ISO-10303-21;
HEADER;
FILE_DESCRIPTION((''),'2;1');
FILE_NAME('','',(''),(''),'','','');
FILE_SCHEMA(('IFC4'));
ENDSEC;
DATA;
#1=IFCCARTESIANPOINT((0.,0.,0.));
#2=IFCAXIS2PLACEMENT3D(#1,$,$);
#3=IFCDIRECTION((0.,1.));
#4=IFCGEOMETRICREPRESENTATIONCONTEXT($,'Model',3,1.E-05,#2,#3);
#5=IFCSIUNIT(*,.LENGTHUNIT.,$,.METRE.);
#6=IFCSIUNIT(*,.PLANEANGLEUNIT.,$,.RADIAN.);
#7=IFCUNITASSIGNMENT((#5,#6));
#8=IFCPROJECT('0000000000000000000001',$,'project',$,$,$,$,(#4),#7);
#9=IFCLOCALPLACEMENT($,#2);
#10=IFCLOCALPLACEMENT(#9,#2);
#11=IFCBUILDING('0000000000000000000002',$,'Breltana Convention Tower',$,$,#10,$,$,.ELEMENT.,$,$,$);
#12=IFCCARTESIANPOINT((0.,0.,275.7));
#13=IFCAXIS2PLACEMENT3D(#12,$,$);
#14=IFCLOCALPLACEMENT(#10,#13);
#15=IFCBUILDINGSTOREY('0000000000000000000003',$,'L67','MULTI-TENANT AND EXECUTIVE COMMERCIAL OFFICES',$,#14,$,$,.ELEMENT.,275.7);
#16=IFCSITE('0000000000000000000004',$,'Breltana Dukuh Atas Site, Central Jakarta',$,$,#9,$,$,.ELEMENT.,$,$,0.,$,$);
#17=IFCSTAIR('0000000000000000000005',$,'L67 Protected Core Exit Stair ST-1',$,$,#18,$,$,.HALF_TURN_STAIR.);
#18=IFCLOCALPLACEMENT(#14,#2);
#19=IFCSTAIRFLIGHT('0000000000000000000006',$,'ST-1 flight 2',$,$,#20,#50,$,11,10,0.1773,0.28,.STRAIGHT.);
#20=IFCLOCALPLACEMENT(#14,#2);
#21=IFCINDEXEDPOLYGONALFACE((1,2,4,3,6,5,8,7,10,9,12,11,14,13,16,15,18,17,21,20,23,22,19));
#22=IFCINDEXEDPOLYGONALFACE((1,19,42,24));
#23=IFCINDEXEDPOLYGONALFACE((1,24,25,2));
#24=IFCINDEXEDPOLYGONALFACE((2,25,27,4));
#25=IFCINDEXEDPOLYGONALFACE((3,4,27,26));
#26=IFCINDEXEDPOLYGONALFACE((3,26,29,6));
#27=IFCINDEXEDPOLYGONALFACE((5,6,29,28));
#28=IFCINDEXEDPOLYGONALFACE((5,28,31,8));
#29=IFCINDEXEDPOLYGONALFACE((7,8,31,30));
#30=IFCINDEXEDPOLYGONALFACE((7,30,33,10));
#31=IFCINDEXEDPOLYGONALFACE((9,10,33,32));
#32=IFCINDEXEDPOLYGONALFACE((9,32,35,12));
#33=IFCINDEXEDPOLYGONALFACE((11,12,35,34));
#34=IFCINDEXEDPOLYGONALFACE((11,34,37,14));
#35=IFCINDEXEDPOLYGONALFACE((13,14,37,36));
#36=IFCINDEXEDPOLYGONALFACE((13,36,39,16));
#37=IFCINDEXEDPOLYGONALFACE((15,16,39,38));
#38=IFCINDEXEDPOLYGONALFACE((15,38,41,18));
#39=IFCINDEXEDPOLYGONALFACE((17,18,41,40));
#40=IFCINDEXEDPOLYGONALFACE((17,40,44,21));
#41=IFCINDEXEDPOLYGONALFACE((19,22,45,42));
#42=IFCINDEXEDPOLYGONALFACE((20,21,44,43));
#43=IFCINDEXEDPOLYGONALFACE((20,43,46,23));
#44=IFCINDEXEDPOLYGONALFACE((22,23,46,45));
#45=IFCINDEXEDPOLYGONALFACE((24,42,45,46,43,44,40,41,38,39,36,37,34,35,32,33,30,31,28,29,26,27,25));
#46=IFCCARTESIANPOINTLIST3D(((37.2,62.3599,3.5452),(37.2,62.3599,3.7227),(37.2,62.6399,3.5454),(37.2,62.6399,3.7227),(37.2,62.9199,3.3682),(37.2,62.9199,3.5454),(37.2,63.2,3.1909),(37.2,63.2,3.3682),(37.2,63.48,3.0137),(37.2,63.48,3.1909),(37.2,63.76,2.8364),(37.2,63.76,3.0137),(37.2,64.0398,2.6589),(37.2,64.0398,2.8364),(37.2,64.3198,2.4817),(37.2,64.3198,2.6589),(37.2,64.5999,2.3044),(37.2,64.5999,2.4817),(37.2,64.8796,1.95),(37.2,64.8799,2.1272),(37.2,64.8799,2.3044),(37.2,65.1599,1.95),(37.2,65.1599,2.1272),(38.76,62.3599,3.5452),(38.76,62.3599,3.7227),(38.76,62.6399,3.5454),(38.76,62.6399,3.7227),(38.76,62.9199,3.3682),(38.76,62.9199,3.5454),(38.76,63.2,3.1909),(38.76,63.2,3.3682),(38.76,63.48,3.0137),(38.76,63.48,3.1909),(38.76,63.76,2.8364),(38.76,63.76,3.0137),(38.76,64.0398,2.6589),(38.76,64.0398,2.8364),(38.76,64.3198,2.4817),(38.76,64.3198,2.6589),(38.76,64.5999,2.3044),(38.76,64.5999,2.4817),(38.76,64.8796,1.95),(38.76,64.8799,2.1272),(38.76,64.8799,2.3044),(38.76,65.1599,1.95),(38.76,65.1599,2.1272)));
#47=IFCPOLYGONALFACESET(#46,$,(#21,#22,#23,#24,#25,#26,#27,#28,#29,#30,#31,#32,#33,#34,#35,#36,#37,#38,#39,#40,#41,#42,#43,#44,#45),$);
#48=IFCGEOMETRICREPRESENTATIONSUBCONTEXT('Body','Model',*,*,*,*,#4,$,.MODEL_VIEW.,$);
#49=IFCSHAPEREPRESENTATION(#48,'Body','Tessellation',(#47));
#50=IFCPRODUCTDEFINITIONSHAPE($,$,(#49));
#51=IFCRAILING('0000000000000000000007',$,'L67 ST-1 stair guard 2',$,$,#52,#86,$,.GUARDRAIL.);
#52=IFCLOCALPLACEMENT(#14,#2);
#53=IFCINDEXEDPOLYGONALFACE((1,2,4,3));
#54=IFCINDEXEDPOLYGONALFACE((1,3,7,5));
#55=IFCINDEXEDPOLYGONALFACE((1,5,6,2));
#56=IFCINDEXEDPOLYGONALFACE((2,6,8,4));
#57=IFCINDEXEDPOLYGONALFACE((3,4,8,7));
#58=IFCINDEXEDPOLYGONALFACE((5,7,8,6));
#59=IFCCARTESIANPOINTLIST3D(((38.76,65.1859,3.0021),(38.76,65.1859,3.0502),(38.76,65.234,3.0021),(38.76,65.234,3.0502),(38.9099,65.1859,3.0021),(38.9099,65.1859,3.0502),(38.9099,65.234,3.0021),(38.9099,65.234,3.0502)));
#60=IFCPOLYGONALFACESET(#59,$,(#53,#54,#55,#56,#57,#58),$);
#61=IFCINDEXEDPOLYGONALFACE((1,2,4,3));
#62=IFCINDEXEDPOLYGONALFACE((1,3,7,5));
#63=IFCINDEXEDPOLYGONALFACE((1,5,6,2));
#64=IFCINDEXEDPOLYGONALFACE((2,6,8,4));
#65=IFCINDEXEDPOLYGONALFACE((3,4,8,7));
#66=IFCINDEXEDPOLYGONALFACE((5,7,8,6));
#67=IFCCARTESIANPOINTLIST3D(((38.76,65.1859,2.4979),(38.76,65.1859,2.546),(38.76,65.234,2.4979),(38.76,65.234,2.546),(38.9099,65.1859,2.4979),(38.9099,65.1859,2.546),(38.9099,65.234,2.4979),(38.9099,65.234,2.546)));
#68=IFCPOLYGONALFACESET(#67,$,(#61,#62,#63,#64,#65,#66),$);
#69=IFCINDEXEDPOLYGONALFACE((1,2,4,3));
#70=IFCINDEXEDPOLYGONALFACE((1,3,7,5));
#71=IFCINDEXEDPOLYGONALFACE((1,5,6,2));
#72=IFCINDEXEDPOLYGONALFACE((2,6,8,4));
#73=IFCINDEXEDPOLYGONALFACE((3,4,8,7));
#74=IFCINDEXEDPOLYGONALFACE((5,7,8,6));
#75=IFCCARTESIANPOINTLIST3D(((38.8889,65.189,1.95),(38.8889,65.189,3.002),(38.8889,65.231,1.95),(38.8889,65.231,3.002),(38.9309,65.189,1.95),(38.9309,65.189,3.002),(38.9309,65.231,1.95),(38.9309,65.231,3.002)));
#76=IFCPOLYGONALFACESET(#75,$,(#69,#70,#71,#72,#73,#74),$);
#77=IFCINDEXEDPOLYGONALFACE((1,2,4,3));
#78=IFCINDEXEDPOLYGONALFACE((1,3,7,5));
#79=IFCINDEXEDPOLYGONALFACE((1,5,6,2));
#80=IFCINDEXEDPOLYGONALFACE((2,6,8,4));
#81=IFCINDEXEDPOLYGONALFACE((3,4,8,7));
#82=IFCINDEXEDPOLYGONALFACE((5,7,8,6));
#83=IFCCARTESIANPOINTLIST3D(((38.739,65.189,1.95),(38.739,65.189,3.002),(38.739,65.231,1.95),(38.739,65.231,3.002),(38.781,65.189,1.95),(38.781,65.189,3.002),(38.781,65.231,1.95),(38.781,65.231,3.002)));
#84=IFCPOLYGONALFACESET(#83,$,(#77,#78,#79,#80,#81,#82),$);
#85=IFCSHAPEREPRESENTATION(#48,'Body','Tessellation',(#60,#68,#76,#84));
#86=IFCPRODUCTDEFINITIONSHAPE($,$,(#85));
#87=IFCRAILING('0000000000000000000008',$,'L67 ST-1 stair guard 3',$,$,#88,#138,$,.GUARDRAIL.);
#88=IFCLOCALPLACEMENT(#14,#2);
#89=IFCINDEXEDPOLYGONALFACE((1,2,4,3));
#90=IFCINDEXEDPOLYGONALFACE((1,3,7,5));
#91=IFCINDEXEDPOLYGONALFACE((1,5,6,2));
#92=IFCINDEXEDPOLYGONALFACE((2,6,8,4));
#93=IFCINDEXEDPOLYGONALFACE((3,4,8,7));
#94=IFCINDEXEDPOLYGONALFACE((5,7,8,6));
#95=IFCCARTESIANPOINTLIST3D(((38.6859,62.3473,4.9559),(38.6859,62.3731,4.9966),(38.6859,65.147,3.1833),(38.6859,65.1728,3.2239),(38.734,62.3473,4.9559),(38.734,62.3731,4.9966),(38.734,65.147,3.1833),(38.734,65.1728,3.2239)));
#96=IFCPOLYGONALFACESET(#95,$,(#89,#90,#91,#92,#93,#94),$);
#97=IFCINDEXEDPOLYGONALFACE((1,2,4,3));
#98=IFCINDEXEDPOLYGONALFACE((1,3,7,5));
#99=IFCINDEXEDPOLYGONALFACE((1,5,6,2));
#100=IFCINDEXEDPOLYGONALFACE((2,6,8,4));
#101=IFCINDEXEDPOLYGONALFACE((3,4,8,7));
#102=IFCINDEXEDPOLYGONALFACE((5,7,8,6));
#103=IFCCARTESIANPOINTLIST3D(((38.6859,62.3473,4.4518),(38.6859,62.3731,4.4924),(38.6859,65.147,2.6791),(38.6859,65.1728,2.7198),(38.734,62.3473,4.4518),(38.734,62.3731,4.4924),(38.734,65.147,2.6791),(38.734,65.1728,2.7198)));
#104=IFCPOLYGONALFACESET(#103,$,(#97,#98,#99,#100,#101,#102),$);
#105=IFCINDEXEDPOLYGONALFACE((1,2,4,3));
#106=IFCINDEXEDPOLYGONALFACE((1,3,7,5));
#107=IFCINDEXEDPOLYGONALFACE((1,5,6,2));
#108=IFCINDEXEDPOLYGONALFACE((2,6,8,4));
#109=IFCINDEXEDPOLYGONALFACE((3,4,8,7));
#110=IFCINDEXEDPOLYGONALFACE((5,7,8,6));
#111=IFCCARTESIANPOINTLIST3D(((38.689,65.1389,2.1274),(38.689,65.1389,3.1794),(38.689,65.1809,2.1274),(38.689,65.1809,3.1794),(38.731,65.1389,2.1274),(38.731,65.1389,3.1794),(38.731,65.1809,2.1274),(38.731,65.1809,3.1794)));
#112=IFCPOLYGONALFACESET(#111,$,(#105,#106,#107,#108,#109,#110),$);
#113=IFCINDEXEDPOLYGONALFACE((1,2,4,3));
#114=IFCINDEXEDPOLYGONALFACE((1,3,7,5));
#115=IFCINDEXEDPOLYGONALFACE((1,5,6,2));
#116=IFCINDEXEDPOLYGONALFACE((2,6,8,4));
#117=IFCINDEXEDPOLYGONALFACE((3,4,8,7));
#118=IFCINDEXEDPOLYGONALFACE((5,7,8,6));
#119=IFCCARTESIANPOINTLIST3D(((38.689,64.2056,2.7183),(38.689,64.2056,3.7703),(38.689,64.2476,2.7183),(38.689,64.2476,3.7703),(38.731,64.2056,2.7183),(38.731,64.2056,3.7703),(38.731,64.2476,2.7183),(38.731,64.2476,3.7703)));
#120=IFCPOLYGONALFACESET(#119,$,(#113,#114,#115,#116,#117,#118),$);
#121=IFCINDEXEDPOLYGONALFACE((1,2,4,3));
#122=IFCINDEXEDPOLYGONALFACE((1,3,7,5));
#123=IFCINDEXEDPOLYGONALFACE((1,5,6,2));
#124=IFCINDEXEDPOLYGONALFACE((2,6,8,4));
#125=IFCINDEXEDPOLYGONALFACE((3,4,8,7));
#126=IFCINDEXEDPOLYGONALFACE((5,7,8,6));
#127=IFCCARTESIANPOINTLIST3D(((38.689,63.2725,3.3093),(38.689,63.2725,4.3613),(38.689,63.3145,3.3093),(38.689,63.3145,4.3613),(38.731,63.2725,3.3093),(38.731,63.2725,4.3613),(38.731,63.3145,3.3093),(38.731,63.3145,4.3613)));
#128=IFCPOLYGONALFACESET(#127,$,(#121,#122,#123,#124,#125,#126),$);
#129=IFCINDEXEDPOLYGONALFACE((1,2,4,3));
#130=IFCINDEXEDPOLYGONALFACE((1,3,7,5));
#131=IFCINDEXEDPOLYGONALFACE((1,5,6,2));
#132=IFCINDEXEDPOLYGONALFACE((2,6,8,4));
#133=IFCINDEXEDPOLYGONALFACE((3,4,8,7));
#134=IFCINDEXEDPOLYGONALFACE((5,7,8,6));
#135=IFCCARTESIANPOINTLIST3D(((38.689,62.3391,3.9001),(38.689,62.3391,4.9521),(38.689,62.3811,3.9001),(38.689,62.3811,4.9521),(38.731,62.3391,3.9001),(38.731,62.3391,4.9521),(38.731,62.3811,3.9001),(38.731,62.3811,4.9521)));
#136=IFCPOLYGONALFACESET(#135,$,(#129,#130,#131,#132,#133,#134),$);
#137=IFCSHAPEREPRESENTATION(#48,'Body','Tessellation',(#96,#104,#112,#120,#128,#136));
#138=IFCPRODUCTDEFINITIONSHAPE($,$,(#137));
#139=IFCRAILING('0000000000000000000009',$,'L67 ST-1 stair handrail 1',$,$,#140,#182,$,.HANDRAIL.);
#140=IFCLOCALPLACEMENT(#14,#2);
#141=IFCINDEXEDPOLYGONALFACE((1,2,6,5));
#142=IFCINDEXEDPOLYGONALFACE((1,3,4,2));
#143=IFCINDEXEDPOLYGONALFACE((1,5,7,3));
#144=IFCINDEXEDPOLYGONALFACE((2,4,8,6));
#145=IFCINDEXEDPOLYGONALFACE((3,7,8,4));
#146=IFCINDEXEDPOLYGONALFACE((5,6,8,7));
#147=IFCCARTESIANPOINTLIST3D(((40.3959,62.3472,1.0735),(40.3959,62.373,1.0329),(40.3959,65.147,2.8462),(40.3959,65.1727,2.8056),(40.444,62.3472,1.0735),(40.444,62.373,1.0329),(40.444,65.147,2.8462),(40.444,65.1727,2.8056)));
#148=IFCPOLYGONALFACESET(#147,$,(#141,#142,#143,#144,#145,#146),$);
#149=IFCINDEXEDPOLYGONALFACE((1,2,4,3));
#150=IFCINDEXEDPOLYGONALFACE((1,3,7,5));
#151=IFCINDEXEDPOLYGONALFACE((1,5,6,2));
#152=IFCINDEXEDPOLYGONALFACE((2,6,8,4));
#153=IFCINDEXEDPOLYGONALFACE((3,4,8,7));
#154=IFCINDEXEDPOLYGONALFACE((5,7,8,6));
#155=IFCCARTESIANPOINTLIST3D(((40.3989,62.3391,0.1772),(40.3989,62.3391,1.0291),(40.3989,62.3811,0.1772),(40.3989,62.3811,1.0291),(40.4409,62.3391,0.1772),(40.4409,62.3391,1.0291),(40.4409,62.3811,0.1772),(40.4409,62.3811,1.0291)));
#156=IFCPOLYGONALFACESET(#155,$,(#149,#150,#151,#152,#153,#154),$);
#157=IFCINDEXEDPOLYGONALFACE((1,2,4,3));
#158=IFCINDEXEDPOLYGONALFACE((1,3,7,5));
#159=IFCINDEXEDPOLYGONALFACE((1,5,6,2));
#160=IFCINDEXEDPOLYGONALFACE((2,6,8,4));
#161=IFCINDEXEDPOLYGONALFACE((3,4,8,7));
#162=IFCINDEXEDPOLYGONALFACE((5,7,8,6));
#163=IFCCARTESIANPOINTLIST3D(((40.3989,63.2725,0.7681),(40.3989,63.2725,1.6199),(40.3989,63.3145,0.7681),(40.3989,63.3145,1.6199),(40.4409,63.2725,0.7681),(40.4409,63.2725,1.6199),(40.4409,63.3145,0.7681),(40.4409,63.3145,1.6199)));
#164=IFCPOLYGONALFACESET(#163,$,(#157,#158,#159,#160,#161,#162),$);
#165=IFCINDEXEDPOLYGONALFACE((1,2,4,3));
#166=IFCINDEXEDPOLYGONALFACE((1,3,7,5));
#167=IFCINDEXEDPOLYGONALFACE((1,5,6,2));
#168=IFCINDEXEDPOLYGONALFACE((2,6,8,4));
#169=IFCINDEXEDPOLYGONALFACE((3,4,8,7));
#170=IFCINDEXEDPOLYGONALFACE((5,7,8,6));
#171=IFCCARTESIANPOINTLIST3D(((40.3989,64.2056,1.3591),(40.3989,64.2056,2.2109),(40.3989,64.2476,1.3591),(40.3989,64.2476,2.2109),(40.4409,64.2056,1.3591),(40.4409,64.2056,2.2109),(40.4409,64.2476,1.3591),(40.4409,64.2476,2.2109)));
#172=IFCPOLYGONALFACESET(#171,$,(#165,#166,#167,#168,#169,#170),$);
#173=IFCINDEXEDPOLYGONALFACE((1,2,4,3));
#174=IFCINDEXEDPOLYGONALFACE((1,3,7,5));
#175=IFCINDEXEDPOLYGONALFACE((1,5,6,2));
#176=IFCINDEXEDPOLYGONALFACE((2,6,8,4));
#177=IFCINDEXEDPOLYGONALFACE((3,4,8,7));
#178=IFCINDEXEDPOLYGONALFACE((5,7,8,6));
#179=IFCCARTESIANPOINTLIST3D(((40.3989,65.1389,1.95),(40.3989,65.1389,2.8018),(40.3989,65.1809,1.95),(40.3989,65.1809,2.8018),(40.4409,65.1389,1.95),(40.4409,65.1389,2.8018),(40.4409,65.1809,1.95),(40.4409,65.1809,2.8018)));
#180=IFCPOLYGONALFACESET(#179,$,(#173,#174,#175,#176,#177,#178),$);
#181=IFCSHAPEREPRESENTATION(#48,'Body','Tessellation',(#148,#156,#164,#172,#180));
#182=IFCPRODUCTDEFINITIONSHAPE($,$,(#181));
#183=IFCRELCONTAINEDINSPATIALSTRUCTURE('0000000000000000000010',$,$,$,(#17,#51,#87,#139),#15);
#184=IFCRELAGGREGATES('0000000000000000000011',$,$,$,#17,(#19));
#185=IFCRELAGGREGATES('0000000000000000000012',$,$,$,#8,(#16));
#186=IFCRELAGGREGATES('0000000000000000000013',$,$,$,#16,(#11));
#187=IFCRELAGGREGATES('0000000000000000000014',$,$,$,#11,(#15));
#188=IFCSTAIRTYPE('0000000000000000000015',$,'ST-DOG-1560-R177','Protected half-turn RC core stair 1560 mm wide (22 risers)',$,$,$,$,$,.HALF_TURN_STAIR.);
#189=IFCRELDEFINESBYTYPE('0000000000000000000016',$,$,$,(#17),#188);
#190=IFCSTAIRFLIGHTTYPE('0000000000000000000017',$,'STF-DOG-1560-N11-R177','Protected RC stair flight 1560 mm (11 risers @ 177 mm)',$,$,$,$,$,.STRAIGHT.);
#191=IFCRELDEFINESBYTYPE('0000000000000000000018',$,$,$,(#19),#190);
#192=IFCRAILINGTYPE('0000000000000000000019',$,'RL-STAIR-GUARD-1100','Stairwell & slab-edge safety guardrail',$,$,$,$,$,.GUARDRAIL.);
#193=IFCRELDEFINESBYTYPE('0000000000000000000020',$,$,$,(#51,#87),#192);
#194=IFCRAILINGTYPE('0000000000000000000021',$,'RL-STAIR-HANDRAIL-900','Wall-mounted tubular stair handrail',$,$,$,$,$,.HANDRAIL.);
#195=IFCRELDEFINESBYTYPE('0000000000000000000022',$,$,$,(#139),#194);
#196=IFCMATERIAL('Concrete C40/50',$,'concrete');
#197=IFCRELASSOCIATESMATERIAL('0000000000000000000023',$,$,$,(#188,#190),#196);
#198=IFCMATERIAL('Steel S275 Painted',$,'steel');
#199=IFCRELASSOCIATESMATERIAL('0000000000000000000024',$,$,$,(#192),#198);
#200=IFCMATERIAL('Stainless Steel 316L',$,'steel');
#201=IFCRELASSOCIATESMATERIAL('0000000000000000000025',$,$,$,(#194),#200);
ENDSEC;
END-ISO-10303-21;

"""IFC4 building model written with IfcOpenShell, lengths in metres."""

from ifc_helpers import new_model, si_unit, direction, frame, origin, origin_2d, place, context, subcontext, project, spatial, polyline, rectangle, outline, extrude, material, type_object, element, aggregate, save


model = new_model("IFC4")

# Units and contexts
model_context = context("Model", 3, precision=1e-05, world=origin(), true_north=direction((0.0, 1.0)))
body_context = subcontext(model_context, "Body", "Model", "MODEL_VIEW")
ifc_project = project(units=[si_unit("LENGTHUNIT", "METRE"), si_unit("PLANEANGLEUNIT", "RADIAN")], contexts=[model_context])

# Site, building, storey
site_placement = place(None, origin())
site = spatial("IfcSite", under=ifc_project, at=site_placement, Name="Breltana Dukuh Atas Site, Central Jakarta", CompositionType="ELEMENT", RefElevation=0.0)
building_placement = place(site_placement, origin())
building = spatial("IfcBuilding", under=site, at=building_placement, Name="Breltana Convention Tower", CompositionType="ELEMENT")
storey_placement = place(building_placement, frame((0.0, 0.0, 275.7)))
storey = spatial("IfcBuildingStorey", under=building, at=storey_placement, Name="L67", Description="MULTI-TENANT AND EXECUTIVE COMMERCIAL OFFICES", CompositionType="ELEMENT", Elevation=275.7)

# Stair, stair flight
ifc_material_1 = material(Name="Concrete C40/50", Category="concrete")
stair_type = type_object("IfcStairType", Name="ST-DOG-1560-R177", Description="Protected half-turn RC core stair 1560 mm wide (22 risers)", PredefinedType="HALF_TURN_STAIR", material=ifc_material_1)
stair_placement = place(storey_placement, origin())
stair = element("IfcStair", 1, at=stair_placement, inside=storey, type_object=stair_type, Name="L67 Protected Core Exit Stair ST-1", PredefinedType="HALF_TURN_STAIR")
stair_flight_type = type_object("IfcStairFlightType", Name="STF-DOG-1560-N11-R177", Description="Protected RC stair flight 1560 mm (11 risers @ 177 mm)", PredefinedType="STRAIGHT", material=ifc_material_1)
stair_flight_placement = place(storey_placement, frame((37.98, 65.1599, 1.95), z_axis=(0.0, 0.0, 1.0), x_axis=(0.0, -1.0, 0.0)))
stair_flight = element("IfcStairFlight", 2, at=stair_flight_placement, type_object=stair_flight_type, Name="ST-1 flight 2", NumberOfRisers=11, NumberOfTreads=10, PredefinedType="STRAIGHT", RiserHeight=0.1773, TreadLength=0.28, context=body_context, shape_type="SweptSolid", body=[
    extrude(outline(polyline([(0.0, 0.0), (0.0, 0.1772), (0.28, 0.1772), (0.28, 0.3545), (0.5601, 0.3545), (0.5601, 0.5317), (0.8401, 0.5317), (0.8401, 0.709), (1.1201, 0.709), (1.1201, 0.8865), (1.3999, 0.8865), (1.3999, 1.0637), (1.6799, 1.0637), (1.6799, 1.241), (1.96, 1.241), (1.96, 1.4182), (2.24, 1.4182), (2.24, 1.5955), (2.52, 1.5955), (2.52, 1.7727), (2.8, 1.7727), (2.8, 1.95), (2.8, 1.5952), (0.2803, 0.0), (0.0, 0.0)])), frame((0.0, 0.78, 0.0), z_axis=(0.0, -1.0, 0.0), x_axis=(1.0, 0.0, 0.0)), (0.0, 0.0, 1.0), 1.5601),
])
aggregate(stair, [stair_flight])

# Railings
ifc_material_2 = material(Name="Steel S275 Painted", Category="steel")
railing_type_1 = type_object("IfcRailingType", Name="RL-STAIR-GUARD-1100", Description="Stairwell & slab-edge safety guardrail", PredefinedType="GUARDRAIL", material=ifc_material_2)
railing_1_placement = place(storey_placement, frame((38.9099, 65.21, 1.95)))
element("IfcRailing", 3, at=railing_1_placement, inside=storey, type_object=railing_type_1, Name="L67 ST-1 stair guard 2", PredefinedType="GUARDRAIL", context=body_context, shape_type="SweptSolid", body=[
    extrude(rectangle(XDim=0.0481, YDim=0.0481, at=origin_2d()), frame((0.0, 0.0, 1.0762), z_axis=(-1.0, 0.0, 0.0), x_axis=(0.0, -1.0, 0.0)), (0.0, 0.0, 1.0), 0.1499),
    extrude(rectangle(XDim=0.0481, YDim=0.0481, at=origin_2d()), frame((0.0, 0.0, 0.572), z_axis=(-1.0, 0.0, 0.0), x_axis=(0.0, -1.0, 0.0)), (0.0, 0.0, 1.0), 0.1499),
    extrude(rectangle(XDim=0.042, YDim=0.042, at=origin_2d()), origin(), (0.0, 0.0, 1.0), 1.052),
    extrude(rectangle(XDim=0.042, YDim=0.042, at=origin_2d()), frame((-0.1499, 0.0, 0.0)), (0.0, 0.0, 1.0), 1.052),
])
railing_2_placement = place(storey_placement, frame((38.71, 65.1599, 2.1274)))
element("IfcRailing", 4, at=railing_2_placement, inside=storey, type_object=railing_type_1, Name="L67 ST-1 stair guard 3", PredefinedType="GUARDRAIL", context=body_context, shape_type="SweptSolid", body=[
    extrude(rectangle(XDim=0.0481, YDim=0.0481, at=origin_2d()), frame((0.0, 0.0, 1.0762), z_axis=(0.0, -0.844888, 0.534943), x_axis=(1.0, 0.0, 0.0)), (0.0, 0.0, 1.0), 3.3137),
    extrude(rectangle(XDim=0.0481, YDim=0.0481, at=origin_2d()), frame((0.0, 0.0, 0.572), z_axis=(0.0, -0.844888, 0.534943), x_axis=(1.0, 0.0, 0.0)), (0.0, 0.0, 1.0), 3.3137),
    extrude(rectangle(XDim=0.042, YDim=0.042, at=origin_2d()), origin(), (0.0, 0.0, 1.0), 1.052),
    extrude(rectangle(XDim=0.042, YDim=0.042, at=origin_2d()), frame((0.0, -0.9333, 0.5908)), (0.0, 0.0, 1.0), 1.052),
    extrude(rectangle(XDim=0.042, YDim=0.042, at=origin_2d()), frame((0.0, -1.8665, 1.1819)), (0.0, 0.0, 1.0), 1.052),
    extrude(rectangle(XDim=0.042, YDim=0.042, at=origin_2d()), frame((0.0, -2.7998, 1.7727)), (0.0, 0.0, 1.0), 1.052),
])
ifc_material_3 = material(Name="Stainless Steel 316L", Category="steel")
railing_type_2 = type_object("IfcRailingType", Name="RL-STAIR-HANDRAIL-900", Description="Wall-mounted tubular stair handrail", PredefinedType="HANDRAIL", material=ifc_material_3)
railing_3_placement = place(storey_placement, frame((40.4199, 62.3601, 0.1772)))
element("IfcRailing", 5, at=railing_3_placement, inside=storey, type_object=railing_type_2, Name="L67 ST-1 stair handrail 1", PredefinedType="HANDRAIL", context=body_context, shape_type="SweptSolid", body=[
    extrude(rectangle(XDim=0.0481, YDim=0.0481, at=origin_2d()), frame((0.0, 0.0, 0.876), z_axis=(0.0, 0.844888, 0.534943), x_axis=(-1.0, 0.0, 0.0)), (0.0, 0.0, 1.0), 3.3137),
    extrude(rectangle(XDim=0.042, YDim=0.042, at=origin_2d()), origin(), (0.0, 0.0, 1.0), 0.8518),
    extrude(rectangle(XDim=0.042, YDim=0.042, at=origin_2d()), frame((0.0, 0.9333, 0.5908)), (0.0, 0.0, 1.0), 0.8518),
    extrude(rectangle(XDim=0.042, YDim=0.042, at=origin_2d()), frame((0.0, 1.8665, 1.1819)), (0.0, 0.0, 1.0), 0.8518),
    extrude(rectangle(XDim=0.042, YDim=0.042, at=origin_2d()), frame((0.0, 2.7998, 1.7727)), (0.0, 0.0, 1.0), 0.8518),
])

save(model, "model.ifc")
